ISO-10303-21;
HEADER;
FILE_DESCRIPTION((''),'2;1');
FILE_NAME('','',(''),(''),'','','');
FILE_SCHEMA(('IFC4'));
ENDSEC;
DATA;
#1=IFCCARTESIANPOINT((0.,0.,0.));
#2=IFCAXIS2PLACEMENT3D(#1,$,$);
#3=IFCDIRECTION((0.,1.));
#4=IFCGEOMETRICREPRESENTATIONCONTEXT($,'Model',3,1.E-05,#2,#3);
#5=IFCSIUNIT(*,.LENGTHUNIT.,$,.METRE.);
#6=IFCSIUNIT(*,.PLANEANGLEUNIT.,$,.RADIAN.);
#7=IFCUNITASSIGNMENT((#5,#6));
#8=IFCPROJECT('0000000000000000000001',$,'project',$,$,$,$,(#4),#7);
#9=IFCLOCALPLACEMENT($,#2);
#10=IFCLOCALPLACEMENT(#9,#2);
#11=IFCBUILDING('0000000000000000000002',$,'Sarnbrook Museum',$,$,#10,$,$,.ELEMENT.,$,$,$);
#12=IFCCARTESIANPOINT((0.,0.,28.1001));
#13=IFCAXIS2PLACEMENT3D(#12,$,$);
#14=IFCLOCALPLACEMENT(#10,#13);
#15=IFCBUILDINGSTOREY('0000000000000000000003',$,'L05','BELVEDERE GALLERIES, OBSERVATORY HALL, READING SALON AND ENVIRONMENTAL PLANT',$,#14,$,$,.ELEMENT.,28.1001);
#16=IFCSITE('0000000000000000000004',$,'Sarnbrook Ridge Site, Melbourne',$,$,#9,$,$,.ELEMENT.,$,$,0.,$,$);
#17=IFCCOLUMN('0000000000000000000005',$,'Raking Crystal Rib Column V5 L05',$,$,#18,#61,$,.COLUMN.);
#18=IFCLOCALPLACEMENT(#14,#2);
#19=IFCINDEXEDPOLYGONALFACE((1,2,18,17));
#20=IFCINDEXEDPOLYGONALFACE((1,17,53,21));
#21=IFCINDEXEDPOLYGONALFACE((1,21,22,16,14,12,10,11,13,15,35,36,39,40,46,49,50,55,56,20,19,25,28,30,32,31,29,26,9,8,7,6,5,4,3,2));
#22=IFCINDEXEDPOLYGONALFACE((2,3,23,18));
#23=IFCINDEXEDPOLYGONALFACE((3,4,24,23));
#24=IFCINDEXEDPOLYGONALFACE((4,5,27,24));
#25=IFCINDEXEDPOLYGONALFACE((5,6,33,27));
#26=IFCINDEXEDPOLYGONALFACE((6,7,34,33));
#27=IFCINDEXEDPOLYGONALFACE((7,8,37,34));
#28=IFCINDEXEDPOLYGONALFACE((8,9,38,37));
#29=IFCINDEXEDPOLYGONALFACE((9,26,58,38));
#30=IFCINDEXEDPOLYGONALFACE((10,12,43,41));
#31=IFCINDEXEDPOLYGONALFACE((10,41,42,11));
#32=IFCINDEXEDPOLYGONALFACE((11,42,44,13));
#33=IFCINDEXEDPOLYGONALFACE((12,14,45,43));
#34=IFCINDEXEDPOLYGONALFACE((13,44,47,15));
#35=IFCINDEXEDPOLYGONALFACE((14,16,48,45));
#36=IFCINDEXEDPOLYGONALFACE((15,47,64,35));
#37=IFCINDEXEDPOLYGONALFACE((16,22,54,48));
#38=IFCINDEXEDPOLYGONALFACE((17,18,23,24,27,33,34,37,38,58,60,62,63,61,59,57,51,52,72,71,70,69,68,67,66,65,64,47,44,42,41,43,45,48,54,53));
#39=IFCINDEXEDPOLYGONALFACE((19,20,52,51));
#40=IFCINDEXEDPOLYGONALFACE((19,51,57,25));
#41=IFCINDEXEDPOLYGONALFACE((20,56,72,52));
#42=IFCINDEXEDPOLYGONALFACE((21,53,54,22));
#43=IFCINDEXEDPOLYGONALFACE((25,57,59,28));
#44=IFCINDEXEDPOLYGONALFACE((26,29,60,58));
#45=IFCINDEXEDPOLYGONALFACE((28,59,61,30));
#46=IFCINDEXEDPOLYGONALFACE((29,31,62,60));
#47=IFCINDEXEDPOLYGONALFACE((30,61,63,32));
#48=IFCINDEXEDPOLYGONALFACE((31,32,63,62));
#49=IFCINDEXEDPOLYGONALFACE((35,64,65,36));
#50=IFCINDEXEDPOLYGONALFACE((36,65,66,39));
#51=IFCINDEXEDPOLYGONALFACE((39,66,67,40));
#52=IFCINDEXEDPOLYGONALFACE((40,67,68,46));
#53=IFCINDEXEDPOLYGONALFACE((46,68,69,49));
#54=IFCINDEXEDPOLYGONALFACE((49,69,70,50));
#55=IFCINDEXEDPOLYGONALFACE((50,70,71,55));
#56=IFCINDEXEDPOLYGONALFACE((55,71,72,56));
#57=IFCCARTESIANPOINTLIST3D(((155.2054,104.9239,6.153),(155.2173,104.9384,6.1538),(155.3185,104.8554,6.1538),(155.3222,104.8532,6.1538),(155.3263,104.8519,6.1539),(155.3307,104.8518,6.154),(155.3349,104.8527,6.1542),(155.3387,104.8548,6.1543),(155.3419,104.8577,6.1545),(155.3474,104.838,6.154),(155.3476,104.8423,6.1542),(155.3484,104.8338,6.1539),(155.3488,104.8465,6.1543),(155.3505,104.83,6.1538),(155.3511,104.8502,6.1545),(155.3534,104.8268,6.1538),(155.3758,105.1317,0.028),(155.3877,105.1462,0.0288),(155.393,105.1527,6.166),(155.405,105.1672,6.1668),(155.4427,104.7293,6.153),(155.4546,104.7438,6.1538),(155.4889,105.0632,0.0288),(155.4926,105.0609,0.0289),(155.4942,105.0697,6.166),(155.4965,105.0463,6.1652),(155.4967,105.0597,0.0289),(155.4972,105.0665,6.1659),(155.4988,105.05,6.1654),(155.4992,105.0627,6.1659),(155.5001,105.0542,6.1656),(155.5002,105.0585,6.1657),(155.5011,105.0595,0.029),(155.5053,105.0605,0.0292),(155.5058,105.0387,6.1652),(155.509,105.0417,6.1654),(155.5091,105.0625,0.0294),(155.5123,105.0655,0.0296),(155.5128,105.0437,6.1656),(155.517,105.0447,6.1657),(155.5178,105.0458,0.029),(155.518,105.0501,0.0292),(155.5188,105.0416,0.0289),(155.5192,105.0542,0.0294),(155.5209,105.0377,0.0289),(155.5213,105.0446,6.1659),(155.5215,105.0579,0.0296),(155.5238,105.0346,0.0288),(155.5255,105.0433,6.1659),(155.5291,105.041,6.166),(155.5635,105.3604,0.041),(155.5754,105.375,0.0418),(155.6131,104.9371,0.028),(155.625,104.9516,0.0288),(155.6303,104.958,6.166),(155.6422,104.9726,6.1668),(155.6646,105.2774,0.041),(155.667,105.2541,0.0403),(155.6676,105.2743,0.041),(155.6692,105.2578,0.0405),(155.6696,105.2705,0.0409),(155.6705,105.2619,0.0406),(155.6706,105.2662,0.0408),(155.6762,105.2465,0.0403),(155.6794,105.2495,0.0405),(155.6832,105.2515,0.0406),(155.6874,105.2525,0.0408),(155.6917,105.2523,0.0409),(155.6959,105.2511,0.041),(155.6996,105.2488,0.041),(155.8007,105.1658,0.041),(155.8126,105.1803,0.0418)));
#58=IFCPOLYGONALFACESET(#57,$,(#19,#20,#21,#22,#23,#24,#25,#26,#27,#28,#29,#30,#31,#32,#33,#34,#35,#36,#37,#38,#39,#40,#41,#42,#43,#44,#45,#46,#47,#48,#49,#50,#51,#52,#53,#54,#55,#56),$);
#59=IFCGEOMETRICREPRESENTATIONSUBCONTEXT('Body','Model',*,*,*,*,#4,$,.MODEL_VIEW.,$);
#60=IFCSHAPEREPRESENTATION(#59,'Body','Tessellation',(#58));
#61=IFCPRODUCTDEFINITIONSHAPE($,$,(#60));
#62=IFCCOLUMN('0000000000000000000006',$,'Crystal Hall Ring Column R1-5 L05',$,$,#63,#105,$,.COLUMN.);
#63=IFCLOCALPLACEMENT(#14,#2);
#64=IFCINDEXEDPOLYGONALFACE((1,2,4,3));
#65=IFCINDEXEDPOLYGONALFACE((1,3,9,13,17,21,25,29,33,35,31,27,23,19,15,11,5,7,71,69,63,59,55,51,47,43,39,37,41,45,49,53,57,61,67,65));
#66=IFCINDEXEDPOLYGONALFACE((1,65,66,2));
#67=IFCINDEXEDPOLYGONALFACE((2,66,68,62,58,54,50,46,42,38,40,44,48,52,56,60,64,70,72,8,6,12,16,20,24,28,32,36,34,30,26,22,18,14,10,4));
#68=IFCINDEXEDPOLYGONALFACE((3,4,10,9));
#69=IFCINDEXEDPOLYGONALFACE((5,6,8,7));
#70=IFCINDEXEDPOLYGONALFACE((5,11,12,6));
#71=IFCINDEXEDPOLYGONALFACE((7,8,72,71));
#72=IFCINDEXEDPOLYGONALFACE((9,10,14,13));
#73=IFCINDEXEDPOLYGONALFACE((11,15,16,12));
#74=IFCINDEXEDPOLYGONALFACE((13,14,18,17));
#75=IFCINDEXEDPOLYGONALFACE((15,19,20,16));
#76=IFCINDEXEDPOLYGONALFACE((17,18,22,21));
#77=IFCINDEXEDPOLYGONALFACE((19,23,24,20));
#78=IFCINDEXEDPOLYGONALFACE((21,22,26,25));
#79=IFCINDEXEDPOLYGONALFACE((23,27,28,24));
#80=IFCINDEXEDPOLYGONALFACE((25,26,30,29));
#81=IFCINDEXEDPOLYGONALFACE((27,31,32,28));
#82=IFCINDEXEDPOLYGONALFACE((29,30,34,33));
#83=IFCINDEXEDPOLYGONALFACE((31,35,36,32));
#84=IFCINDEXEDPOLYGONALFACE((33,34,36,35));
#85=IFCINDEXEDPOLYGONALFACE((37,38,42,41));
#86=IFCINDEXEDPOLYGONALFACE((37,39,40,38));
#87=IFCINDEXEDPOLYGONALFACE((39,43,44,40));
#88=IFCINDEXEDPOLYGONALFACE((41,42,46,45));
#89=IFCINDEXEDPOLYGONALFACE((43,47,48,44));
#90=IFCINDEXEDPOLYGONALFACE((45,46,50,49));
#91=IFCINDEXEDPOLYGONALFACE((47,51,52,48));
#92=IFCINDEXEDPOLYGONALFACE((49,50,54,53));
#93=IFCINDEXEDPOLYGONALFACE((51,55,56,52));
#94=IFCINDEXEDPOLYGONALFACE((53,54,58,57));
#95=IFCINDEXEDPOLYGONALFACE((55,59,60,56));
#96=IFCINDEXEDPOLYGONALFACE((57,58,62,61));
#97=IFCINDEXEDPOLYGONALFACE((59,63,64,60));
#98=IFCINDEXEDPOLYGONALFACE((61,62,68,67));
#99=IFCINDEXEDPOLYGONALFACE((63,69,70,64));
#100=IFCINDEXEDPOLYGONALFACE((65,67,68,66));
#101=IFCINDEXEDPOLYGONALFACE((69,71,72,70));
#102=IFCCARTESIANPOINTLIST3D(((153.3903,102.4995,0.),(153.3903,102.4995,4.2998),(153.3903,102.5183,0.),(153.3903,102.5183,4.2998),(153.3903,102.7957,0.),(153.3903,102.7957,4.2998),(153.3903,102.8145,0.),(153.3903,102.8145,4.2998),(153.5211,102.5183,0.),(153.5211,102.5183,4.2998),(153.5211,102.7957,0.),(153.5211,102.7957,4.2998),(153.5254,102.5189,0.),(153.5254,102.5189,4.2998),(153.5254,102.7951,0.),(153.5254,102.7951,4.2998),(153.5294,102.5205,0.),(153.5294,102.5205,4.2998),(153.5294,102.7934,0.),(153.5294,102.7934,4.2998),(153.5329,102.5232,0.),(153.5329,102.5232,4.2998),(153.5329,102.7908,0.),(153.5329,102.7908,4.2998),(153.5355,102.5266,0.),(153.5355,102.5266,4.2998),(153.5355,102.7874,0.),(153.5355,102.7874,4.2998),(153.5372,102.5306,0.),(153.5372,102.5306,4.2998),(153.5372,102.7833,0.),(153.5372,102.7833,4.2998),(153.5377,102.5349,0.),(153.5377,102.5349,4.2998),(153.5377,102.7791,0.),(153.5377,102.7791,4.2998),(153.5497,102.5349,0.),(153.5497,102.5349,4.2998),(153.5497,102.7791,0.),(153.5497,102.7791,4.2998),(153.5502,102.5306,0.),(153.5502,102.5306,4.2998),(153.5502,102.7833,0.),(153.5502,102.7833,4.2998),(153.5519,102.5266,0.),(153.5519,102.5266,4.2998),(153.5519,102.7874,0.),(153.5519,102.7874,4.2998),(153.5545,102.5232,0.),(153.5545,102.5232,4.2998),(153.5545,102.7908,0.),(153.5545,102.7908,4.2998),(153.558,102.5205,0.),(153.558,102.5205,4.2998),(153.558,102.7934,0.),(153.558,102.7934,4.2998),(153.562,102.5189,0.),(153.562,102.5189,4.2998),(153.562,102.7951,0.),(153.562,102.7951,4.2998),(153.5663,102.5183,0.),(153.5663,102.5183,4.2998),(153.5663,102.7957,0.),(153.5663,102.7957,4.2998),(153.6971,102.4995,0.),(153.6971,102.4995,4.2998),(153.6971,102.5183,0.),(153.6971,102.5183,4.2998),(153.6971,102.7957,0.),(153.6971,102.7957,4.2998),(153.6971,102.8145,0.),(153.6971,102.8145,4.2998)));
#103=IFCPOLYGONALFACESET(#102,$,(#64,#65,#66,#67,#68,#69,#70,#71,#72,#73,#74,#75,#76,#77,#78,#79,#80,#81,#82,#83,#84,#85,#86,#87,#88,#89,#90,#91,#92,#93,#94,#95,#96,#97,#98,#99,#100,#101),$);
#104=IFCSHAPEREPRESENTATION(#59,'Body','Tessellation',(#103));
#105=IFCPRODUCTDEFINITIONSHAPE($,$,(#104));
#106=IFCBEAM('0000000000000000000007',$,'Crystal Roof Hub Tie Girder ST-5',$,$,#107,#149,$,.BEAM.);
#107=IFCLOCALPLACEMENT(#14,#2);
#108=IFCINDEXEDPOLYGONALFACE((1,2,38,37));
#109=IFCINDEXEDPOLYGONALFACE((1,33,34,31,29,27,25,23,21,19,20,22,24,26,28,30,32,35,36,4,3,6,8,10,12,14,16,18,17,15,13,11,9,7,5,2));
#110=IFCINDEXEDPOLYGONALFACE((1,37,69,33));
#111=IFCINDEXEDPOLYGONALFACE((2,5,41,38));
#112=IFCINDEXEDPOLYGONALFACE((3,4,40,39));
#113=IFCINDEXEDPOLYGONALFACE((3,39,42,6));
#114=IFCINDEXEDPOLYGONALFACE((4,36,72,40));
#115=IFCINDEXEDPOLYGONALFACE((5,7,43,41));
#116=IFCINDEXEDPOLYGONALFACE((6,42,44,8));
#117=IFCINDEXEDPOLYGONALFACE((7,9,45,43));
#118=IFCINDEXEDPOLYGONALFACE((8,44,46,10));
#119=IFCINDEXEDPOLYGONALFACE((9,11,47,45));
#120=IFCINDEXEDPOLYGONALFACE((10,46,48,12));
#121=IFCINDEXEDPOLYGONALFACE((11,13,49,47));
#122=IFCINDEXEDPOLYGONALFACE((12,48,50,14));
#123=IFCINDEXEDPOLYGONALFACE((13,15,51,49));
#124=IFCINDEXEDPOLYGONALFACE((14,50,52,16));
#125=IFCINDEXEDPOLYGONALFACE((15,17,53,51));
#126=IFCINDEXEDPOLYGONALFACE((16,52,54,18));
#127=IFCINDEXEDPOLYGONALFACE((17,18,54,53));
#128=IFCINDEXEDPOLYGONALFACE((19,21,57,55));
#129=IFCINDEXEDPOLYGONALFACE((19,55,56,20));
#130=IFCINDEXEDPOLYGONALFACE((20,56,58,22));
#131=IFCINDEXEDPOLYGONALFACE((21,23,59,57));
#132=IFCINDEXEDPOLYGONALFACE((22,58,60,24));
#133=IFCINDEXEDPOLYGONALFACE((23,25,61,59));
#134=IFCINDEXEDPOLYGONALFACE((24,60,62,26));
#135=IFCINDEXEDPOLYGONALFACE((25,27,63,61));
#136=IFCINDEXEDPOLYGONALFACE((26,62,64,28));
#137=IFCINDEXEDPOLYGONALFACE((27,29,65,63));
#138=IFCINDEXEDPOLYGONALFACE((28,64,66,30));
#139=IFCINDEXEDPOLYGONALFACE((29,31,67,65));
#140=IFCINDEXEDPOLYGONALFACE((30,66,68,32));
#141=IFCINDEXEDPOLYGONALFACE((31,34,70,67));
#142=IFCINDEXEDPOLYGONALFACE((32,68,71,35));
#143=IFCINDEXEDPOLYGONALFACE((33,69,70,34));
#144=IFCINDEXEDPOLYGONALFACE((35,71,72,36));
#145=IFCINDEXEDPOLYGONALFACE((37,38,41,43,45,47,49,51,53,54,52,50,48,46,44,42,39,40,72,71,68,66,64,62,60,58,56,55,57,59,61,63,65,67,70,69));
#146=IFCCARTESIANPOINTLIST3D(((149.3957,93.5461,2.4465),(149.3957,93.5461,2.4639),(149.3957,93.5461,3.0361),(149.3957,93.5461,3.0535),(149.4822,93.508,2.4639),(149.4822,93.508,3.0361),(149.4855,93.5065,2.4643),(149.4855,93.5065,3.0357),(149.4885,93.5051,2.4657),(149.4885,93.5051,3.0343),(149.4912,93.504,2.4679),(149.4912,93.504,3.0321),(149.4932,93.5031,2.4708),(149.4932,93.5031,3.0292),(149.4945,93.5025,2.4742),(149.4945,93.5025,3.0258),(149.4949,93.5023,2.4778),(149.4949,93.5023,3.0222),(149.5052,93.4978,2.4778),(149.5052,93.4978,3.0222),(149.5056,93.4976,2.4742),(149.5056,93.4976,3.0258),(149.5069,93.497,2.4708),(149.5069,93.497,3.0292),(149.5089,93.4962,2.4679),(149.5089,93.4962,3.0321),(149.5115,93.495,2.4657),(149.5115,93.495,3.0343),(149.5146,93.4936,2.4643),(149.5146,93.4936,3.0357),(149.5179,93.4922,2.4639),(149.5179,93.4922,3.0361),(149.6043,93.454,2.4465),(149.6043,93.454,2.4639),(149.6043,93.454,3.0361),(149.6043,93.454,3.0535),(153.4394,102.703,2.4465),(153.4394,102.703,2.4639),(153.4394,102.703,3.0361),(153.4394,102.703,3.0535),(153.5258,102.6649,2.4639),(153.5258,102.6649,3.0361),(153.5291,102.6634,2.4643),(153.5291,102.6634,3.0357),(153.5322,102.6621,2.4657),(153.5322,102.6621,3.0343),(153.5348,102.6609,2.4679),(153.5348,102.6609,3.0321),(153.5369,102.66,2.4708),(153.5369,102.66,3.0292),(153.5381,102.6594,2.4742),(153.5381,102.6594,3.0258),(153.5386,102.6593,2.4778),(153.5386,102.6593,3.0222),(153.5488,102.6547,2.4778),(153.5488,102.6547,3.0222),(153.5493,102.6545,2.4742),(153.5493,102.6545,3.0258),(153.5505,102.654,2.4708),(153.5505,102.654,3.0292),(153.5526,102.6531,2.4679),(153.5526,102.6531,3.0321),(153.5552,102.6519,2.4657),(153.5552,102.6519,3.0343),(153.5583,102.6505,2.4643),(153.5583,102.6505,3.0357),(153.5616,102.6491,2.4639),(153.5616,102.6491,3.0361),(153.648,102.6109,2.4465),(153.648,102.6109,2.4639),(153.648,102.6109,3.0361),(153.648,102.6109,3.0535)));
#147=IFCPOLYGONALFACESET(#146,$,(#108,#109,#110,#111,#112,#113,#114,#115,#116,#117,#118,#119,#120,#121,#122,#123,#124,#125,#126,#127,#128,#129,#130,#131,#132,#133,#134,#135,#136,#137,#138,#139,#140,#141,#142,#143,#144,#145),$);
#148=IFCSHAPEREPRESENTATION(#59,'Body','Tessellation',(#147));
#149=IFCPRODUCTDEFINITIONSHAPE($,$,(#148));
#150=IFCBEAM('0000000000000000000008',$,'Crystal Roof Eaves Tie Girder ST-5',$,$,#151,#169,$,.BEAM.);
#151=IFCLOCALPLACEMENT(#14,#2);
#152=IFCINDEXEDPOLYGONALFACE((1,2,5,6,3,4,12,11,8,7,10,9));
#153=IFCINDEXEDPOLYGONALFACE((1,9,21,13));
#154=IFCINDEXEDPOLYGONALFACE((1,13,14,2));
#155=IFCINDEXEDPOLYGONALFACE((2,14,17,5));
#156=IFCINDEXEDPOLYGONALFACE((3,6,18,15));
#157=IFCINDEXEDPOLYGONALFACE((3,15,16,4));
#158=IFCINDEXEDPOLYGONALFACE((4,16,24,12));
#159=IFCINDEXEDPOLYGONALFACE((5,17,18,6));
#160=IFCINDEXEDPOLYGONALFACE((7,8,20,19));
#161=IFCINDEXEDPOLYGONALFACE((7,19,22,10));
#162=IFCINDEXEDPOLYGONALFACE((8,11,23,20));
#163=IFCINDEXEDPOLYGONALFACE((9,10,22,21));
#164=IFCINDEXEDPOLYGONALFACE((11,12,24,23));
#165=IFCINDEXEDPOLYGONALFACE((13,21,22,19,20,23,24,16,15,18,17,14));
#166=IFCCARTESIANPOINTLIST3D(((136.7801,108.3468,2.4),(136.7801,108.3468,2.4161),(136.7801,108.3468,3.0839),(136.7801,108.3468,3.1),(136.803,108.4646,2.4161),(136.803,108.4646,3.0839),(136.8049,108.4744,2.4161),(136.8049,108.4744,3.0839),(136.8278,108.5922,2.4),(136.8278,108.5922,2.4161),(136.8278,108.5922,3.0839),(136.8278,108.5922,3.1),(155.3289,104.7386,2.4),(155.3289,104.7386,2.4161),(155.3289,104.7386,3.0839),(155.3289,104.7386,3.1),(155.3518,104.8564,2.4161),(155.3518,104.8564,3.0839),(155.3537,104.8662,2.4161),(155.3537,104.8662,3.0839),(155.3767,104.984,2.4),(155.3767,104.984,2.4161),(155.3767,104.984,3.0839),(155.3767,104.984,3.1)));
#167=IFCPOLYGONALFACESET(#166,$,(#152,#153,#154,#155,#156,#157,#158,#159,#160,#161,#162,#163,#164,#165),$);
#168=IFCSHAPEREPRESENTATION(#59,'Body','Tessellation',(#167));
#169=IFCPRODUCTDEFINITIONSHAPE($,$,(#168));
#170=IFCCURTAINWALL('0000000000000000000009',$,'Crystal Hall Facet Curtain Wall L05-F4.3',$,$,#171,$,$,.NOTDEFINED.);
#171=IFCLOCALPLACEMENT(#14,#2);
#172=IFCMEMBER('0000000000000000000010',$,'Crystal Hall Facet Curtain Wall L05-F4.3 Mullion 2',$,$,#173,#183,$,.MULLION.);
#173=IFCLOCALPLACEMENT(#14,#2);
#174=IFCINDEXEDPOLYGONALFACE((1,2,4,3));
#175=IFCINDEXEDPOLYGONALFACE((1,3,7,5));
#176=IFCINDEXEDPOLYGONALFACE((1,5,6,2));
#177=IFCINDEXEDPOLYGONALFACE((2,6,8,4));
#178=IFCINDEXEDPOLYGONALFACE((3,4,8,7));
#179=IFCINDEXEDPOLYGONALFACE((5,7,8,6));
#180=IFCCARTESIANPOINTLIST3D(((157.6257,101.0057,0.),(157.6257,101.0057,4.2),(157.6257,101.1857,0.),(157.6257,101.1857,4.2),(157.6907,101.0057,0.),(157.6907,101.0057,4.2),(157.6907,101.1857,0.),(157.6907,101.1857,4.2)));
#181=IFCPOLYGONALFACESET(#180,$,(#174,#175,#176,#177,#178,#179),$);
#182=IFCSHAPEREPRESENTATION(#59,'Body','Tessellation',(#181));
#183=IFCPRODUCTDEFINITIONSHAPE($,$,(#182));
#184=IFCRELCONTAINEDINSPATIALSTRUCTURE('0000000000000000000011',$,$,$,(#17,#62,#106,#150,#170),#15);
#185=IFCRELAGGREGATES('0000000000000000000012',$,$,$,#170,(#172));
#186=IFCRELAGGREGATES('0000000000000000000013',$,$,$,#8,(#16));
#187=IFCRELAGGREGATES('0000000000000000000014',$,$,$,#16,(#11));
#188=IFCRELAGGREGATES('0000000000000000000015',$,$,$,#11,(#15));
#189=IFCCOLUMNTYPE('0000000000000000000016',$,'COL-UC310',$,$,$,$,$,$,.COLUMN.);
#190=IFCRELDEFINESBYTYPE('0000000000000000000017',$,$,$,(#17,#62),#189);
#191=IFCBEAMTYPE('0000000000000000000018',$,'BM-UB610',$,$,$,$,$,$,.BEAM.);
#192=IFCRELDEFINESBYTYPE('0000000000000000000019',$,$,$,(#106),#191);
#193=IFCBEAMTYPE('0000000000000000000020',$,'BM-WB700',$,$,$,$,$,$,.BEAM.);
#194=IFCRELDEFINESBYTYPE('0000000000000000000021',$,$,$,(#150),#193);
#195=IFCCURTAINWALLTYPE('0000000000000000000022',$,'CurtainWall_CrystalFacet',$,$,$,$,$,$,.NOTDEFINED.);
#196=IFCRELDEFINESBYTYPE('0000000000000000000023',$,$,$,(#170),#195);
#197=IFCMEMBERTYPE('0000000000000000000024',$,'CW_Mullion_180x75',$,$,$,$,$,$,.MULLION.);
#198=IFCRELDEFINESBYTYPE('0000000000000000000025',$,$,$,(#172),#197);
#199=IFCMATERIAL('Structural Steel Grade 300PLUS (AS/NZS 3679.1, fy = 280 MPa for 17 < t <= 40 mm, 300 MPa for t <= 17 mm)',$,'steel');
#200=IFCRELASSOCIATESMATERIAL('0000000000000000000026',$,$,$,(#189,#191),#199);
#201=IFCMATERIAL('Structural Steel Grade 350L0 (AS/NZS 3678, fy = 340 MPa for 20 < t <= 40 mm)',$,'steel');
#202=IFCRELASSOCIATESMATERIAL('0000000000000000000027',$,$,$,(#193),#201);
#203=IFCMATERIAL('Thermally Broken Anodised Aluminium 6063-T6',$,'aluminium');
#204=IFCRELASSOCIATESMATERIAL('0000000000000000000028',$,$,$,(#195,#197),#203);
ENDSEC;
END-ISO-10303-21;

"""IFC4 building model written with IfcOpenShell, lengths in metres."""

from ifc_helpers import new_model, si_unit, direction, frame, origin, origin_2d, place, context, subcontext, project, spatial, rectangle, i_section, extrude, material, material_profile, profile_set, type_object, element, aggregate, save


model = new_model("IFC4")

# Units and contexts
model_context = context("Model", 3, precision=1e-05, world=origin(), true_north=direction((0.0, 1.0)))
body_context = subcontext(model_context, "Body", "Model", "MODEL_VIEW")
ifc_project = project(units=[si_unit("LENGTHUNIT", "METRE"), si_unit("PLANEANGLEUNIT", "RADIAN")], contexts=[model_context])

# Site, building, storey
site_placement = place(None, origin())
site = spatial("IfcSite", under=ifc_project, at=site_placement, Name="Sarnbrook Ridge Site, Melbourne", CompositionType="ELEMENT", RefElevation=0.0)
building_placement = place(site_placement, origin())
building = spatial("IfcBuilding", under=site, at=building_placement, Name="Sarnbrook Museum", CompositionType="ELEMENT")
storey_placement = place(building_placement, frame((0.0, 0.0, 28.1001)))
storey = spatial("IfcBuildingStorey", under=building, at=storey_placement, Name="L05", Description="BELVEDERE GALLERIES, OBSERVATORY HALL, READING SALON AND ENVIRONMENTAL PLANT", CompositionType="ELEMENT", Elevation=28.1001)

# Columns
ifc_material_1 = material(Name="Structural Steel Grade 300PLUS (AS/NZS 3679.1, fy = 280 MPa for 17 < t <= 40 mm, 300 MPa for t <= 17 mm)", Category="steel")
ifc_material_profile_1 = material_profile(ifc_material_1, i_section(OverallWidth=0.3069, OverallDepth=0.3149, WebThickness=0.012, FlangeThickness=0.0188, FilletRadius=0.0166, at=origin_2d()), Name="310UC118")
ifc_profile_set_1 = profile_set([ifc_material_profile_1], Name="Structural Steel Grade 300PLUS (AS/NZS 3679.1, fy = 280 MPa for 17 < t <= 40 mm, 300 MPa for t <= 17 mm)")
column_type = type_object("IfcColumnType", Name="COL-UC310", PredefinedType="COLUMN", material=ifc_profile_set_1)
column_1_placement = place(storey_placement, frame((155.5942, 105.156, 0.0349), z_axis=(-0.027795, -0.033888, 0.999039), x_axis=(0.773188, -0.634177, 0.0)))
element("IfcColumn", 1, at=column_1_placement, inside=storey, type_object=column_type, Name="Raking Crystal Rib Column V5 L05", PredefinedType="COLUMN", context=body_context, shape_type="SweptSolid", body=[
    extrude(i_section(OverallWidth=0.3069, OverallDepth=0.3149, WebThickness=0.012, FlangeThickness=0.0188, FilletRadius=0.0166, at=origin_2d()), origin(), (0.0, 0.0, 1.0), 6.1309),
])
column_2_placement = place(storey_placement, frame((153.5437, 102.657, 0.0), z_axis=(0.0, 0.0, 1.0), x_axis=(1.0, 0.0, 0.0)))
element("IfcColumn", 2, at=column_2_placement, inside=storey, type_object=column_type, Name="Crystal Hall Ring Column R1-5 L05", PredefinedType="COLUMN", context=body_context, shape_type="SweptSolid", body=[
    extrude(i_section(OverallWidth=0.3069, OverallDepth=0.3149, WebThickness=0.012, FlangeThickness=0.0188, FilletRadius=0.0166, at=origin_2d()), origin(), (0.0, 0.0, 1.0), 4.2998),
])

# Beams
ifc_material_profile_2 = material_profile(ifc_material_1, i_section(OverallWidth=0.228, OverallDepth=0.6069, WebThickness=0.0112, FlangeThickness=0.0173, FilletRadius=0.0139, at=origin_2d()), Name="610UB113")
ifc_profile_set_2 = profile_set([ifc_material_profile_2], Name="Structural Steel Grade 300PLUS (AS/NZS 3679.1, fy = 280 MPa for 17 < t <= 40 mm, 300 MPa for t <= 17 mm)")
beam_type_1 = type_object("IfcBeamType", Name="BM-UB610", PredefinedType="BEAM", material=ifc_profile_set_2)
beam_1_placement = place(storey_placement, frame((153.5437, 102.657, 2.75), z_axis=(-0.403963, -0.914775, 0.0), x_axis=(0.914775, -0.403963, 0.0)))
element("IfcBeam", 3, at=beam_1_placement, inside=storey, type_object=beam_type_1, Name="Crystal Roof Hub Tie Girder ST-5", PredefinedType="BEAM", context=body_context, shape_type="SweptSolid", body=[
    extrude(i_section(OverallWidth=0.228, OverallDepth=0.6069, WebThickness=0.0112, FlangeThickness=0.0173, FilletRadius=0.0139, at=origin_2d()), origin(), (0.0, 0.0, 1.0), 10.01),
])
ifc_material_2 = material(Name="Structural Steel Grade 350L0 (AS/NZS 3678, fy = 340 MPa for 20 < t <= 40 mm)", Category="steel")
ifc_material_profile_3 = material_profile(ifc_material_2, i_section(OverallWidth=0.25, OverallDepth=0.7, WebThickness=0.01, FlangeThickness=0.0161, at=origin_2d()), Name="700WB130")
ifc_profile_set_3 = profile_set([ifc_material_profile_3], Name="Structural Steel Grade 350L0 (AS/NZS 3678, fy = 340 MPa for 20 < t <= 40 mm)")
beam_type_2 = type_object("IfcBeamType", Name="BM-WB700", PredefinedType="BEAM", material=ifc_profile_set_3)
beam_2_placement = place(storey_placement, frame((155.3528, 104.8613, 2.75), z_axis=(-0.981601, 0.190943, 0.0), x_axis=(-0.190943, -0.981601, 0.0)))
element("IfcBeam", 4, at=beam_2_placement, inside=storey, type_object=beam_type_2, Name="Crystal Roof Eaves Tie Girder ST-5", PredefinedType="BEAM", context=body_context, shape_type="SweptSolid", body=[
    extrude(i_section(OverallWidth=0.25, OverallDepth=0.7, WebThickness=0.01, FlangeThickness=0.0161, at=origin_2d()), origin(), (0.0, 0.0, 1.0), 18.8965),
])

# Curtain wall, member
ifc_material_3 = material(Name="Thermally Broken Anodised Aluminium 6063-T6", Category="aluminium")
curtain_wall_type = type_object("IfcCurtainWallType", Name="CurtainWall_CrystalFacet", PredefinedType="NOTDEFINED", material=ifc_material_3)
curtain_wall_1_placement = place(storey_placement, origin())
curtain_wall_1 = element("IfcCurtainWall", 5, at=curtain_wall_1_placement, inside=storey, type_object=curtain_wall_type, Name="Crystal Hall Facet Curtain Wall L05-F4.3", PredefinedType="NOTDEFINED")
ifc_material_profile_4 = material_profile(ifc_material_3, rectangle(XDim=0.0649, YDim=0.1799, at=origin_2d()), Name="ALU MULLION 65x180")
ifc_profile_set_4 = profile_set([ifc_material_profile_4], Name="Thermally Broken Anodised Aluminium 6063-T6")
member_type_1 = type_object("IfcMemberType", Name="CW_Mullion_180x75", PredefinedType="MULLION", material=ifc_profile_set_4)
member_1_placement = place(storey_placement, frame((157.6582, 101.0957, 0.0), z_axis=(0.0, 0.0, 1.0), x_axis=(1.0, 0.0, 0.0)))
member_1 = element("IfcMember", 6, at=member_1_placement, type_object=member_type_1, Name="Crystal Hall Facet Curtain Wall L05-F4.3 Mullion 2", PredefinedType="MULLION", context=body_context, shape_type="SweptSolid", body=[
    extrude(rectangle(XDim=0.0649, YDim=0.1799, at=origin_2d()), origin(), (0.0, 0.0, 1.0), 4.2),
])

aggregate(curtain_wall_1, [member_1])

save(model, "model.ifc")
